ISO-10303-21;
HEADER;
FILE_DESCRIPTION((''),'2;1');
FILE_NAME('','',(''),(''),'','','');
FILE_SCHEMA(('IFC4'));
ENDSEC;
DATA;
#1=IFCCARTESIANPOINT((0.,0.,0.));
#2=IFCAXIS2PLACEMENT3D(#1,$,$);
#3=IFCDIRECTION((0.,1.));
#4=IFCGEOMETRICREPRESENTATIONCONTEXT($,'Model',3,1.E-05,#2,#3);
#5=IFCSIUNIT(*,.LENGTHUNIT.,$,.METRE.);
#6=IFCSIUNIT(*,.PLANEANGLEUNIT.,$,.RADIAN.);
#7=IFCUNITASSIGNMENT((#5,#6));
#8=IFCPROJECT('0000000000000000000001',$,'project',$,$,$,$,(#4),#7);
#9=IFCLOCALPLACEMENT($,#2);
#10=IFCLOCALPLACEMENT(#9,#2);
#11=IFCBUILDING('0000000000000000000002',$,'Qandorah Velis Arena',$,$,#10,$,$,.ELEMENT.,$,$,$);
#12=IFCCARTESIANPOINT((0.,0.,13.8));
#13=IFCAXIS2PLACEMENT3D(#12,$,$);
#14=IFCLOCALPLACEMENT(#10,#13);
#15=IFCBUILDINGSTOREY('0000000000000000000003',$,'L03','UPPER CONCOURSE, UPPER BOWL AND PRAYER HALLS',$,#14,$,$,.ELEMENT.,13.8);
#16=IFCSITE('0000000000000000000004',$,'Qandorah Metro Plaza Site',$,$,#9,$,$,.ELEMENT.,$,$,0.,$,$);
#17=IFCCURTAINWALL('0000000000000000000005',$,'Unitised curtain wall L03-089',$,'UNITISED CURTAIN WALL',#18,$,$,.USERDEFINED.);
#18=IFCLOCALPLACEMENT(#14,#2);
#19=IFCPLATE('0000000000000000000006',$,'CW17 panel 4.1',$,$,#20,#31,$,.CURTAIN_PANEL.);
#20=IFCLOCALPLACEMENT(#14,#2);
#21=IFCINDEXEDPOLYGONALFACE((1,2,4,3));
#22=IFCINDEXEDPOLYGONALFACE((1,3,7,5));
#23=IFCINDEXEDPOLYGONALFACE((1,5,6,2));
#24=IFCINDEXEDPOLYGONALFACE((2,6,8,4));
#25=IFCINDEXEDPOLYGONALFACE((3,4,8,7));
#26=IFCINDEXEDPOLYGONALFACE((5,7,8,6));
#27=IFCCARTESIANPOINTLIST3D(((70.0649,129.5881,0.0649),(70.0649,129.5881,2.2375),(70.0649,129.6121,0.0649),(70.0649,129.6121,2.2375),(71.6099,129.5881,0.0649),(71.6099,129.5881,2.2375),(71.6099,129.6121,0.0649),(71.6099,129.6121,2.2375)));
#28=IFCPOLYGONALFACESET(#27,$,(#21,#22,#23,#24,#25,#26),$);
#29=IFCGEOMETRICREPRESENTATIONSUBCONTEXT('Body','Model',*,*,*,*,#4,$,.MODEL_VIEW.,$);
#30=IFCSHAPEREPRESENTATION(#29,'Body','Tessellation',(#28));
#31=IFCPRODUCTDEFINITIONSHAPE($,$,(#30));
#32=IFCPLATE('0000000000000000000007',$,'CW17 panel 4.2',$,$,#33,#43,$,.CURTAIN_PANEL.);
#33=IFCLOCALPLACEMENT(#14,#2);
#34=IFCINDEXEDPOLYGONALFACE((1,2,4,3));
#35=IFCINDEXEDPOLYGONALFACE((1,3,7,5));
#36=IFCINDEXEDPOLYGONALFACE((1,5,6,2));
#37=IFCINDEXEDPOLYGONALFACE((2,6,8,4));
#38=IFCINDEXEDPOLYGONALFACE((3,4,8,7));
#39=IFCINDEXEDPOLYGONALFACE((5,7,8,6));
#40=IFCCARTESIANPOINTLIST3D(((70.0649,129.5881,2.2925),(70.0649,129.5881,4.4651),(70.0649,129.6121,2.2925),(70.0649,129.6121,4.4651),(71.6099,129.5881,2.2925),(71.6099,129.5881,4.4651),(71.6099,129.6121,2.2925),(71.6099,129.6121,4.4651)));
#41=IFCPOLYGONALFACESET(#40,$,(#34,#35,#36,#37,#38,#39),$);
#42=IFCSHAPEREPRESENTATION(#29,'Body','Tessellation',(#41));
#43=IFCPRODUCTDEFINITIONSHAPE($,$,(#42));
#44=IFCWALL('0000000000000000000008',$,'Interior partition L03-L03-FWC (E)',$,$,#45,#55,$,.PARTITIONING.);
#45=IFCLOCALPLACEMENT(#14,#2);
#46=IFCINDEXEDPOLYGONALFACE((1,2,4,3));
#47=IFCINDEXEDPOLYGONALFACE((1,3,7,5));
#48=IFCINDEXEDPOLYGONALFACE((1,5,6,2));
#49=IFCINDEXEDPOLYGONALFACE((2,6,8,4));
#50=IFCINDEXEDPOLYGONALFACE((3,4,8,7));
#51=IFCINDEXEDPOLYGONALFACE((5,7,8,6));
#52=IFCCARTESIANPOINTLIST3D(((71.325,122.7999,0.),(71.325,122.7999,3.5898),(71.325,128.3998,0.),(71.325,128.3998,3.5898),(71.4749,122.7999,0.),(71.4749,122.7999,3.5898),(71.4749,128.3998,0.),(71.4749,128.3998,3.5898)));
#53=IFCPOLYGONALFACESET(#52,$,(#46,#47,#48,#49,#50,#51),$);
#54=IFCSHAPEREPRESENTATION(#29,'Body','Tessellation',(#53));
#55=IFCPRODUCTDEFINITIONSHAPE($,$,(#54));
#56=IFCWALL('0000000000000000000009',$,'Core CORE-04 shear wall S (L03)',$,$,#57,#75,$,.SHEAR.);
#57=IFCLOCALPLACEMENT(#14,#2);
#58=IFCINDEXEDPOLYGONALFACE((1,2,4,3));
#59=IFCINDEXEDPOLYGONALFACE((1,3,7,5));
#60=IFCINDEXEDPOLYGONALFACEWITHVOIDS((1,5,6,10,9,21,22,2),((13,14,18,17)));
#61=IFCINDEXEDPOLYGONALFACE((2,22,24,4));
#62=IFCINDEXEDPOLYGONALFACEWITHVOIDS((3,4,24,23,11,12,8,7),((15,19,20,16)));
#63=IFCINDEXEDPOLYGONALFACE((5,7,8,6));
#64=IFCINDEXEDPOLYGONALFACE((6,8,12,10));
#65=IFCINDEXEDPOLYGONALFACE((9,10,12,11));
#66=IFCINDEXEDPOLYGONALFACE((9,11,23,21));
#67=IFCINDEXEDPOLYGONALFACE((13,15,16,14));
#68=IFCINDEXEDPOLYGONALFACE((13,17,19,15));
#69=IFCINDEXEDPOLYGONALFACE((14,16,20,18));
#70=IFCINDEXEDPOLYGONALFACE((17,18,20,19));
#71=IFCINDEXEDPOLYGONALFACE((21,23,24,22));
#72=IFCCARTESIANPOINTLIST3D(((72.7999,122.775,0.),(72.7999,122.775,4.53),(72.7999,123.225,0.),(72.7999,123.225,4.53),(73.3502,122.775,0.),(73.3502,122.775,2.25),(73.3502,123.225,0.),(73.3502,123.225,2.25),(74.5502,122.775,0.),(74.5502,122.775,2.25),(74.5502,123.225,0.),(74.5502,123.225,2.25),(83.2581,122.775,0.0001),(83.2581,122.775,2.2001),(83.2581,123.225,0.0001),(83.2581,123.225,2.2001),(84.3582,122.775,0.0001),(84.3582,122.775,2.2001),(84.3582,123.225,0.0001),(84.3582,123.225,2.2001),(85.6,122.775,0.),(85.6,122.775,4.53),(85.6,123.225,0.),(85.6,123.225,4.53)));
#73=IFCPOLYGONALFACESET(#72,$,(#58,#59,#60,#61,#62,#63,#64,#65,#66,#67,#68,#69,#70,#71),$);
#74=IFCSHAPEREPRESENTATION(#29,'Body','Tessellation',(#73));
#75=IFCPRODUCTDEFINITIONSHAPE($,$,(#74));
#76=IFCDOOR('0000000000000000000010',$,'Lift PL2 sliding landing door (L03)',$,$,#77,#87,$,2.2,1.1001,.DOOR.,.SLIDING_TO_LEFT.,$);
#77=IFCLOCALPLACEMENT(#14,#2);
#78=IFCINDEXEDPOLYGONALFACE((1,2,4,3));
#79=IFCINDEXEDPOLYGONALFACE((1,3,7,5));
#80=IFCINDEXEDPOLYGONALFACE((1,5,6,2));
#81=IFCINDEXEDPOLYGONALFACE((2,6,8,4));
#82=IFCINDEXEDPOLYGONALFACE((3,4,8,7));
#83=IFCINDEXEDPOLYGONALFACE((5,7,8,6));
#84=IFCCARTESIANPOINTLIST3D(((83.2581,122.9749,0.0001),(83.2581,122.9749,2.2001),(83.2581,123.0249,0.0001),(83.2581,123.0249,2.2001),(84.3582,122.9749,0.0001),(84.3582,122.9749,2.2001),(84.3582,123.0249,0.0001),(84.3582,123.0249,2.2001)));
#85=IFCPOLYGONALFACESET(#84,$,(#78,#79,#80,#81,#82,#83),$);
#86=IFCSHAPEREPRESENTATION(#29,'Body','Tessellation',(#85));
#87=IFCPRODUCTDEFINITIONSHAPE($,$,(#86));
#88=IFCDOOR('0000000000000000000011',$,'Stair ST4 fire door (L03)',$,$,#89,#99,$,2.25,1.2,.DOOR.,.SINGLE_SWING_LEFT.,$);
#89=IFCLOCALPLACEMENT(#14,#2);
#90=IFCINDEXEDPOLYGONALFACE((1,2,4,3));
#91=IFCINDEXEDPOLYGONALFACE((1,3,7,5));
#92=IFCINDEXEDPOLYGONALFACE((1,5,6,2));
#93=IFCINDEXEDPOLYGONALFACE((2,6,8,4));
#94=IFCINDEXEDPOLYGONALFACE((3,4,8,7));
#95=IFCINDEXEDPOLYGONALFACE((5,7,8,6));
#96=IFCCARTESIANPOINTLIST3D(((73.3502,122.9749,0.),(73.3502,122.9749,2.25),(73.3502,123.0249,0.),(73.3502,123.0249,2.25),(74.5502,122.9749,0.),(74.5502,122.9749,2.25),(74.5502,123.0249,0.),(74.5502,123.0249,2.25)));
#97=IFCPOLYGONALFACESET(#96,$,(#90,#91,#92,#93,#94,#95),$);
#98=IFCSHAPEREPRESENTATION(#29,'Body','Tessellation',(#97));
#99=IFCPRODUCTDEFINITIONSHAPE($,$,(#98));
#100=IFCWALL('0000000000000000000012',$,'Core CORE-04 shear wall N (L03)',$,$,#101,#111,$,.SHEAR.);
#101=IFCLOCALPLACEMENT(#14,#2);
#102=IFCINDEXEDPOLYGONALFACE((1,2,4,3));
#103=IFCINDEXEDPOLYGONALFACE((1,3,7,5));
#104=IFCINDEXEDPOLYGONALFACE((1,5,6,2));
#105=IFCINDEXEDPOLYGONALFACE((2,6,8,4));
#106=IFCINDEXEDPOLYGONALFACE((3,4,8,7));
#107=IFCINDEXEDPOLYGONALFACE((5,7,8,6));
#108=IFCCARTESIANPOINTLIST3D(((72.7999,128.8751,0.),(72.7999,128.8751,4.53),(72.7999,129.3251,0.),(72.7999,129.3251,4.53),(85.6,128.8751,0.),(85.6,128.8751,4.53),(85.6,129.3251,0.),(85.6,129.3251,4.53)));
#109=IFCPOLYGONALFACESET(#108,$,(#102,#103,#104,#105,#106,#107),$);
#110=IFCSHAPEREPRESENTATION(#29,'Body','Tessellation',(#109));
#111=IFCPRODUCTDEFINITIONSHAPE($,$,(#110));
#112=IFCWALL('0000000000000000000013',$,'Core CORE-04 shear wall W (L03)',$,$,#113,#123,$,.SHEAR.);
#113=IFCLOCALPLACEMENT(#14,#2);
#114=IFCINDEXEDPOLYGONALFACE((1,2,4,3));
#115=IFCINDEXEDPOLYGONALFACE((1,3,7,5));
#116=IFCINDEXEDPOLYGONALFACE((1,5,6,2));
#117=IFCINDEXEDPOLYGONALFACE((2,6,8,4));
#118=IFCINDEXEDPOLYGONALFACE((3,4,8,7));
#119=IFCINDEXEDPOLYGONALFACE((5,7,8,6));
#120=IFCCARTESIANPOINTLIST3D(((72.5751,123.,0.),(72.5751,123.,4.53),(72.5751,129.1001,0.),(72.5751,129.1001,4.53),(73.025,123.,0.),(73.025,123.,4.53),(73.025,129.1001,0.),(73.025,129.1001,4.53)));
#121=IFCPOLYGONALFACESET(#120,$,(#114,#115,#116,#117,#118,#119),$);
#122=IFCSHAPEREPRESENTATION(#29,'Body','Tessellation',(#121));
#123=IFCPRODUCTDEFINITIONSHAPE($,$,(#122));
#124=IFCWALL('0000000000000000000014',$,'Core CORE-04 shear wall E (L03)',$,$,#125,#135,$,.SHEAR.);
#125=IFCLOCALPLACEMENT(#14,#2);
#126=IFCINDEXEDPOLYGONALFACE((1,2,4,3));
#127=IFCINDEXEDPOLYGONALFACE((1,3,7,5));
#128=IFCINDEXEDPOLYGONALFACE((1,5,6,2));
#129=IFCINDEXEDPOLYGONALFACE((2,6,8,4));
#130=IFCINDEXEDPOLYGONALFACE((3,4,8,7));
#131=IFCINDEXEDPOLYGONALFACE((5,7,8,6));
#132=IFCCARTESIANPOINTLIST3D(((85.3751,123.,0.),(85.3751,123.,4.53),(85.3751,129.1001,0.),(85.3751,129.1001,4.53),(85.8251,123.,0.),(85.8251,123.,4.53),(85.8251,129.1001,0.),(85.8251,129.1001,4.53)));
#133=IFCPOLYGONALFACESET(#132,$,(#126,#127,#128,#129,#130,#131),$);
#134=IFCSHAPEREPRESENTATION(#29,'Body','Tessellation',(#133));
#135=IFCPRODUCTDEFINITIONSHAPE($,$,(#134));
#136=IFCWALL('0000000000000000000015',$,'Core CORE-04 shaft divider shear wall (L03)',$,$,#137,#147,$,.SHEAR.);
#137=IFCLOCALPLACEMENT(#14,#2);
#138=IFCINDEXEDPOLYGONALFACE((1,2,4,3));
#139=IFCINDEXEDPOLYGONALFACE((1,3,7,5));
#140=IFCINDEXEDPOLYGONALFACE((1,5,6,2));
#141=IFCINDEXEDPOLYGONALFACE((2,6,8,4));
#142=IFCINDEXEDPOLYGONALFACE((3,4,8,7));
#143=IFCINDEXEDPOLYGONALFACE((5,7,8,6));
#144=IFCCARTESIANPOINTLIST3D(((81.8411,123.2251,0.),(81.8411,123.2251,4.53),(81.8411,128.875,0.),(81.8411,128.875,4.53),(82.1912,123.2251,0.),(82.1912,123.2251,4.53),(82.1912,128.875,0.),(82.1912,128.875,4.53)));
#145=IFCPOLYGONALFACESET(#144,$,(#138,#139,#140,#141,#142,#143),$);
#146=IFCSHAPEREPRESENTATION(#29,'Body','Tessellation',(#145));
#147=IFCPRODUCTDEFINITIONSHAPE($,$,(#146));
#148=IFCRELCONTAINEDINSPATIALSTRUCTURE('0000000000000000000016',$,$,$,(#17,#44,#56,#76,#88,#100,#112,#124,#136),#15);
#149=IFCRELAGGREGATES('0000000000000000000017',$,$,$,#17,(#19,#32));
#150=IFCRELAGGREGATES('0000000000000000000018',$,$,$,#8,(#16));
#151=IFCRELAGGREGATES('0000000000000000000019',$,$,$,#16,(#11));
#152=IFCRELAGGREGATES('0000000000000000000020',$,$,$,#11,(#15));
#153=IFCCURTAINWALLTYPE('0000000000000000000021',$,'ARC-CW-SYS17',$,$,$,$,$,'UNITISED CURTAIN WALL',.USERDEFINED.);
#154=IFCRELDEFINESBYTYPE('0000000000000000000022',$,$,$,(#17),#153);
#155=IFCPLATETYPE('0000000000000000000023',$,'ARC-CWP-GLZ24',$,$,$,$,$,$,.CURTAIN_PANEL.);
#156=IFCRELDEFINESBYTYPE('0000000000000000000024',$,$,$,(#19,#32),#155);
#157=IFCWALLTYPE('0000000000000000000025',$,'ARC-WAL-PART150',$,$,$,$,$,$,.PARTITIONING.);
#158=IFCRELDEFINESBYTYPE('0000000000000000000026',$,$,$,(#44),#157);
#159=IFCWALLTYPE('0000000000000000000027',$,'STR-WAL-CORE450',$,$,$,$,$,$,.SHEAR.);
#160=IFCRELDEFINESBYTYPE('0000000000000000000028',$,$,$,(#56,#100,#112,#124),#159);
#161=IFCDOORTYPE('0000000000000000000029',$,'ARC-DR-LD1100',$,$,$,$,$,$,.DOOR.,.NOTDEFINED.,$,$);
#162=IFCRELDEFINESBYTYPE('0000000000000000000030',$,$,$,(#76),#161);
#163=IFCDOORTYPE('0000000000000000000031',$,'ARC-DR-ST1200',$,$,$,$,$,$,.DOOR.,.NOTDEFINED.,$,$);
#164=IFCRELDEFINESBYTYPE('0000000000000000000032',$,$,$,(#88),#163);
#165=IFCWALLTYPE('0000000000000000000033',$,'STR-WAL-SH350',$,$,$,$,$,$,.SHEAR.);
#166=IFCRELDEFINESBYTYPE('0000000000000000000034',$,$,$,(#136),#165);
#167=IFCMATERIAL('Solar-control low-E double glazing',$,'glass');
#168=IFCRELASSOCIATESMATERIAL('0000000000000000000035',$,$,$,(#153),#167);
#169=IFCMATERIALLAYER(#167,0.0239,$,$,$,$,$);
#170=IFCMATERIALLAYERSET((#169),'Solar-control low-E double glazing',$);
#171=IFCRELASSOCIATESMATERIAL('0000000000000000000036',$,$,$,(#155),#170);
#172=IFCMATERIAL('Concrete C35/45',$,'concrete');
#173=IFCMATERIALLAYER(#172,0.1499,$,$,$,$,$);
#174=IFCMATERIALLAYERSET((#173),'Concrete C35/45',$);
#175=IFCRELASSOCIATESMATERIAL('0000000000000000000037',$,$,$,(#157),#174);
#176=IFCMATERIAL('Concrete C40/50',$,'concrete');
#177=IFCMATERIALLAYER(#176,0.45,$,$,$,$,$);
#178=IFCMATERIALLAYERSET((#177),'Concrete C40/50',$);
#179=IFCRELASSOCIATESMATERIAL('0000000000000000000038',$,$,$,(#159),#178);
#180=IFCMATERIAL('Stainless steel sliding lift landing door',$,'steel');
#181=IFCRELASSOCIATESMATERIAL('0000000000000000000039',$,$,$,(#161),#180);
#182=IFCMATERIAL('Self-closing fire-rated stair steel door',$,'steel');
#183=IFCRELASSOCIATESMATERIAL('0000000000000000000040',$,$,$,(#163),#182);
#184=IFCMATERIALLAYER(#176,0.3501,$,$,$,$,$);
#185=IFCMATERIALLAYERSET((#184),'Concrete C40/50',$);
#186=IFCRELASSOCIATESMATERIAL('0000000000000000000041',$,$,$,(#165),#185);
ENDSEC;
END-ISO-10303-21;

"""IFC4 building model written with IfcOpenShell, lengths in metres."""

from ifc_helpers import new_model, si_unit, direction, frame, frame_2d, origin, origin_2d, place, context, subcontext, project, spatial, rectangle, extrude, material, layer, layer_set, type_object, element, fill, aggregate, save


model = new_model("IFC4")

# Units and contexts
model_context = context("Model", 3, precision=1e-05, world=origin(), true_north=direction((0.0, 1.0)))
body_context = subcontext(model_context, "Body", "Model", "MODEL_VIEW")
ifc_project = project(units=[si_unit("LENGTHUNIT", "METRE"), si_unit("PLANEANGLEUNIT", "RADIAN")], contexts=[model_context])

# Site, building, storey
site_placement = place(None, origin())
site = spatial("IfcSite", under=ifc_project, at=site_placement, Name="Qandorah Metro Plaza Site", CompositionType="ELEMENT", RefElevation=0.0)
building_placement = place(site_placement, origin())
building = spatial("IfcBuilding", under=site, at=building_placement, Name="Qandorah Velis Arena", CompositionType="ELEMENT")
storey_placement = place(building_placement, frame((0.0, 0.0, 13.8)))
storey = spatial("IfcBuildingStorey", under=building, at=storey_placement, Name="L03", Description="UPPER CONCOURSE, UPPER BOWL AND PRAYER HALLS", CompositionType="ELEMENT", Elevation=13.8)

# Shared definitions
ifc_material_1 = material(Name="Concrete C40/50", Category="concrete")

# Curtain wall
ifc_material_2 = material(Name="Solar-control low-E double glazing", Category="glass")
curtain_wall_type = type_object("IfcCurtainWallType", Name="ARC-CW-SYS17", ElementType="UNITISED CURTAIN WALL", PredefinedType="USERDEFINED", material=ifc_material_2)
curtain_wall_placement = place(storey_placement, origin())
curtain_wall = element("IfcCurtainWall", 1, at=curtain_wall_placement, inside=storey, type_object=curtain_wall_type, Name="Unitised curtain wall L03-089", ObjectType="UNITISED CURTAIN WALL", PredefinedType="USERDEFINED")

# Plates
ifc_layer_1 = layer(ifc_material_2, 0.0239)
ifc_layer_set_1 = layer_set([ifc_layer_1], Name="Solar-control low-E double glazing")
plate_type = type_object("IfcPlateType", Name="ARC-CWP-GLZ24", PredefinedType="CURTAIN_PANEL", material=ifc_layer_set_1)
plate_1_placement = place(storey_placement, frame((70.8374, 129.6001, 0.0649), z_axis=(0.0, 0.0, 1.0), x_axis=(1.0, 0.0, 0.0)))
plate_1 = element("IfcPlate", 2, at=plate_1_placement, type_object=plate_type, Name="CW17 panel 4.1", PredefinedType="CURTAIN_PANEL", context=body_context, shape_type="SweptSolid", body=[
    extrude(rectangle(XDim=1.5449, YDim=0.0239, at=origin_2d()), origin(), (0.0, 0.0, 1.0), 2.1726),
])
plate_2_placement = place(storey_placement, frame((70.8374, 129.6001, 2.2925), z_axis=(0.0, 0.0, 1.0), x_axis=(1.0, 0.0, 0.0)))
plate_2 = element("IfcPlate", 3, at=plate_2_placement, type_object=plate_type, Name="CW17 panel 4.2", PredefinedType="CURTAIN_PANEL", context=body_context, shape_type="SweptSolid", body=[
    extrude(rectangle(XDim=1.5449, YDim=0.0239, at=origin_2d()), origin(), (0.0, 0.0, 1.0), 2.1726),
])
aggregate(curtain_wall, [plate_1, plate_2])

# Wall
ifc_material_3 = material(Name="Concrete C35/45", Category="concrete")
ifc_layer_2 = layer(ifc_material_3, 0.1499)
ifc_layer_set_2 = layer_set([ifc_layer_2], Name="Concrete C35/45")
wall_type_1 = type_object("IfcWallType", Name="ARC-WAL-PART150", PredefinedType="PARTITIONING", material=ifc_layer_set_2)
wall_1_placement = place(storey_placement, frame((71.3999, 122.8, 0.0), z_axis=(0.0, 0.0, 1.0), x_axis=(0.0, 1.0, 0.0)))
element("IfcWall", 4, at=wall_1_placement, inside=storey, type_object=wall_type_1, Name="Interior partition L03-L03-FWC (E)", PredefinedType="PARTITIONING", context=body_context, shape_type="SweptSolid", body=[
    extrude(rectangle(XDim=5.5999, YDim=0.1499, at=frame_2d((2.7998, 0.0))), origin(), (0.0, 0.0, 1.0), 3.5898),
])

# Wall, openings, doors
ifc_layer_3 = layer(ifc_material_1, 0.45)
ifc_layer_set_3 = layer_set([ifc_layer_3], Name="Concrete C40/50")
wall_type_2 = type_object("IfcWallType", Name="STR-WAL-CORE450", PredefinedType="SHEAR", material=ifc_layer_set_3)
wall_2_placement = place(storey_placement, frame((72.8, 123.0, 0.0), z_axis=(0.0, 0.0, 1.0), x_axis=(1.0, 0.0, 0.0)))
wall_2 = element("IfcWall", 5, at=wall_2_placement, inside=storey, type_object=wall_type_2, Name="Core CORE-04 shear wall S (L03)", PredefinedType="SHEAR", context=body_context, shape_type="SweptSolid", body=[
    extrude(rectangle(XDim=12.8, YDim=0.45, at=frame_2d((6.3999, 0.0))), origin(), (0.0, 0.0, 1.0), 4.53),
])
opening_1_placement = place(wall_2_placement, frame((0.55, 0.0, 0.0)))
opening_1 = element("IfcOpeningElement", 6, at=opening_1_placement, cuts=wall_2, PredefinedType="OPENING", context=body_context, shape_type="SweptSolid", body=[
    extrude(rectangle(XDim=1.2, YDim=2.25, at=frame_2d((0.6001, 1.125))), frame((0.0, 0.2349, 0.0), z_axis=(0.0, -1.0, 0.0), x_axis=(1.0, 0.0, 0.0)), (0.0, 0.0, 1.0), 0.47),
])
opening_2_placement = place(wall_2_placement, frame((10.458, 0.0, 0.0)))
opening_2 = element("IfcOpeningElement", 7, at=opening_2_placement, cuts=wall_2, PredefinedType="OPENING", context=body_context, shape_type="SweptSolid", body=[
    extrude(rectangle(XDim=1.1001, YDim=2.2, at=frame_2d((0.55, 1.1001))), frame((0.0, 0.2349, 0.0), z_axis=(0.0, -1.0, 0.0), x_axis=(1.0, 0.0, 0.0)), (0.0, 0.0, 1.0), 0.47),
])
ifc_material_4 = material(Name="Stainless steel sliding lift landing door", Category="steel")
door_type_1 = type_object("IfcDoorType", Name="ARC-DR-LD1100", OperationType="NOTDEFINED", PredefinedType="DOOR", material=ifc_material_4)
door_1_placement = place(opening_2_placement, origin())
door_1 = element("IfcDoor", 8, at=door_1_placement, inside=storey, type_object=door_type_1, Name="Lift PL2 sliding landing door (L03)", OperationType="SLIDING_TO_LEFT", OverallHeight=2.2, OverallWidth=1.1001, PredefinedType="DOOR", context=body_context, shape_type="SweptSolid", body=[
    extrude(rectangle(XDim=1.1001, YDim=2.2, at=frame_2d((0.55, 1.1001))), frame((0.0, 0.0249, 0.0), z_axis=(0.0, -1.0, 0.0), x_axis=(1.0, 0.0, 0.0)), (0.0, 0.0, 1.0), 0.05),
])
fill(opening_2, door_1)
ifc_material_5 = material(Name="Self-closing fire-rated stair steel door", Category="steel")
door_type_2 = type_object("IfcDoorType", Name="ARC-DR-ST1200", OperationType="NOTDEFINED", PredefinedType="DOOR", material=ifc_material_5)
door_2_placement = place(opening_1_placement, origin())
door_2 = element("IfcDoor", 9, at=door_2_placement, inside=storey, type_object=door_type_2, Name="Stair ST4 fire door (L03)", OperationType="SINGLE_SWING_LEFT", OverallHeight=2.25, OverallWidth=1.2, PredefinedType="DOOR", context=body_context, shape_type="SweptSolid", body=[
    extrude(rectangle(XDim=1.2, YDim=2.25, at=frame_2d((0.6001, 1.125))), frame((0.0, 0.0249, 0.0), z_axis=(0.0, -1.0, 0.0), x_axis=(1.0, 0.0, 0.0)), (0.0, 0.0, 1.0), 0.05),
])
fill(opening_1, door_2)

# Walls
wall_3_placement = place(storey_placement, frame((72.8, 129.1001, 0.0), z_axis=(0.0, 0.0, 1.0), x_axis=(1.0, 0.0, 0.0)))
element("IfcWall", 10, at=wall_3_placement, inside=storey, type_object=wall_type_2, Name="Core CORE-04 shear wall N (L03)", PredefinedType="SHEAR", context=body_context, shape_type="SweptSolid", body=[
    extrude(rectangle(XDim=12.8, YDim=0.45, at=frame_2d((6.3999, 0.0))), origin(), (0.0, 0.0, 1.0), 4.53),
])
for number, where, z_axis, x_axis, name in (
    (11, (72.8, 123.0, 0.0), (0.0, 0.0, 1.0), (0.0, 1.0, 0.0), "Core CORE-04 shear wall W (L03)"),
    (12, (85.6001, 123.0, 0.0), (0.0, 0.0, 1.0), (0.0, 1.0, 0.0), "Core CORE-04 shear wall E (L03)"),
):
    element("IfcWall", number, at=place(storey_placement, frame(where, z_axis=z_axis, x_axis=x_axis)), inside=storey, type_object=wall_type_2, Name=name, PredefinedType="SHEAR", context=body_context, shape_type="SweptSolid", body=[
        extrude(rectangle(XDim=6.1001, YDim=0.45, at=frame_2d((3.05, 0.0))), origin(), (0.0, 0.0, 1.0), 4.53),
    ])
ifc_layer_4 = layer(ifc_material_1, 0.3501)
ifc_layer_set_4 = layer_set([ifc_layer_4], Name="Concrete C40/50")
wall_type_3 = type_object("IfcWallType", Name="STR-WAL-SH350", PredefinedType="SHEAR", material=ifc_layer_set_4)
wall_4_placement = place(storey_placement, frame((82.0161, 123.2251, 0.0), z_axis=(0.0, 0.0, 1.0), x_axis=(0.0, 1.0, 0.0)))
element("IfcWall", 13, at=wall_4_placement, inside=storey, type_object=wall_type_3, Name="Core CORE-04 shaft divider shear wall (L03)", PredefinedType="SHEAR", context=body_context, shape_type="SweptSolid", body=[
    extrude(rectangle(XDim=5.6499, YDim=0.3501, at=frame_2d((2.825, 0.0))), origin(), (0.0, 0.0, 1.0), 4.53),
])

save(model, "model.ifc")
